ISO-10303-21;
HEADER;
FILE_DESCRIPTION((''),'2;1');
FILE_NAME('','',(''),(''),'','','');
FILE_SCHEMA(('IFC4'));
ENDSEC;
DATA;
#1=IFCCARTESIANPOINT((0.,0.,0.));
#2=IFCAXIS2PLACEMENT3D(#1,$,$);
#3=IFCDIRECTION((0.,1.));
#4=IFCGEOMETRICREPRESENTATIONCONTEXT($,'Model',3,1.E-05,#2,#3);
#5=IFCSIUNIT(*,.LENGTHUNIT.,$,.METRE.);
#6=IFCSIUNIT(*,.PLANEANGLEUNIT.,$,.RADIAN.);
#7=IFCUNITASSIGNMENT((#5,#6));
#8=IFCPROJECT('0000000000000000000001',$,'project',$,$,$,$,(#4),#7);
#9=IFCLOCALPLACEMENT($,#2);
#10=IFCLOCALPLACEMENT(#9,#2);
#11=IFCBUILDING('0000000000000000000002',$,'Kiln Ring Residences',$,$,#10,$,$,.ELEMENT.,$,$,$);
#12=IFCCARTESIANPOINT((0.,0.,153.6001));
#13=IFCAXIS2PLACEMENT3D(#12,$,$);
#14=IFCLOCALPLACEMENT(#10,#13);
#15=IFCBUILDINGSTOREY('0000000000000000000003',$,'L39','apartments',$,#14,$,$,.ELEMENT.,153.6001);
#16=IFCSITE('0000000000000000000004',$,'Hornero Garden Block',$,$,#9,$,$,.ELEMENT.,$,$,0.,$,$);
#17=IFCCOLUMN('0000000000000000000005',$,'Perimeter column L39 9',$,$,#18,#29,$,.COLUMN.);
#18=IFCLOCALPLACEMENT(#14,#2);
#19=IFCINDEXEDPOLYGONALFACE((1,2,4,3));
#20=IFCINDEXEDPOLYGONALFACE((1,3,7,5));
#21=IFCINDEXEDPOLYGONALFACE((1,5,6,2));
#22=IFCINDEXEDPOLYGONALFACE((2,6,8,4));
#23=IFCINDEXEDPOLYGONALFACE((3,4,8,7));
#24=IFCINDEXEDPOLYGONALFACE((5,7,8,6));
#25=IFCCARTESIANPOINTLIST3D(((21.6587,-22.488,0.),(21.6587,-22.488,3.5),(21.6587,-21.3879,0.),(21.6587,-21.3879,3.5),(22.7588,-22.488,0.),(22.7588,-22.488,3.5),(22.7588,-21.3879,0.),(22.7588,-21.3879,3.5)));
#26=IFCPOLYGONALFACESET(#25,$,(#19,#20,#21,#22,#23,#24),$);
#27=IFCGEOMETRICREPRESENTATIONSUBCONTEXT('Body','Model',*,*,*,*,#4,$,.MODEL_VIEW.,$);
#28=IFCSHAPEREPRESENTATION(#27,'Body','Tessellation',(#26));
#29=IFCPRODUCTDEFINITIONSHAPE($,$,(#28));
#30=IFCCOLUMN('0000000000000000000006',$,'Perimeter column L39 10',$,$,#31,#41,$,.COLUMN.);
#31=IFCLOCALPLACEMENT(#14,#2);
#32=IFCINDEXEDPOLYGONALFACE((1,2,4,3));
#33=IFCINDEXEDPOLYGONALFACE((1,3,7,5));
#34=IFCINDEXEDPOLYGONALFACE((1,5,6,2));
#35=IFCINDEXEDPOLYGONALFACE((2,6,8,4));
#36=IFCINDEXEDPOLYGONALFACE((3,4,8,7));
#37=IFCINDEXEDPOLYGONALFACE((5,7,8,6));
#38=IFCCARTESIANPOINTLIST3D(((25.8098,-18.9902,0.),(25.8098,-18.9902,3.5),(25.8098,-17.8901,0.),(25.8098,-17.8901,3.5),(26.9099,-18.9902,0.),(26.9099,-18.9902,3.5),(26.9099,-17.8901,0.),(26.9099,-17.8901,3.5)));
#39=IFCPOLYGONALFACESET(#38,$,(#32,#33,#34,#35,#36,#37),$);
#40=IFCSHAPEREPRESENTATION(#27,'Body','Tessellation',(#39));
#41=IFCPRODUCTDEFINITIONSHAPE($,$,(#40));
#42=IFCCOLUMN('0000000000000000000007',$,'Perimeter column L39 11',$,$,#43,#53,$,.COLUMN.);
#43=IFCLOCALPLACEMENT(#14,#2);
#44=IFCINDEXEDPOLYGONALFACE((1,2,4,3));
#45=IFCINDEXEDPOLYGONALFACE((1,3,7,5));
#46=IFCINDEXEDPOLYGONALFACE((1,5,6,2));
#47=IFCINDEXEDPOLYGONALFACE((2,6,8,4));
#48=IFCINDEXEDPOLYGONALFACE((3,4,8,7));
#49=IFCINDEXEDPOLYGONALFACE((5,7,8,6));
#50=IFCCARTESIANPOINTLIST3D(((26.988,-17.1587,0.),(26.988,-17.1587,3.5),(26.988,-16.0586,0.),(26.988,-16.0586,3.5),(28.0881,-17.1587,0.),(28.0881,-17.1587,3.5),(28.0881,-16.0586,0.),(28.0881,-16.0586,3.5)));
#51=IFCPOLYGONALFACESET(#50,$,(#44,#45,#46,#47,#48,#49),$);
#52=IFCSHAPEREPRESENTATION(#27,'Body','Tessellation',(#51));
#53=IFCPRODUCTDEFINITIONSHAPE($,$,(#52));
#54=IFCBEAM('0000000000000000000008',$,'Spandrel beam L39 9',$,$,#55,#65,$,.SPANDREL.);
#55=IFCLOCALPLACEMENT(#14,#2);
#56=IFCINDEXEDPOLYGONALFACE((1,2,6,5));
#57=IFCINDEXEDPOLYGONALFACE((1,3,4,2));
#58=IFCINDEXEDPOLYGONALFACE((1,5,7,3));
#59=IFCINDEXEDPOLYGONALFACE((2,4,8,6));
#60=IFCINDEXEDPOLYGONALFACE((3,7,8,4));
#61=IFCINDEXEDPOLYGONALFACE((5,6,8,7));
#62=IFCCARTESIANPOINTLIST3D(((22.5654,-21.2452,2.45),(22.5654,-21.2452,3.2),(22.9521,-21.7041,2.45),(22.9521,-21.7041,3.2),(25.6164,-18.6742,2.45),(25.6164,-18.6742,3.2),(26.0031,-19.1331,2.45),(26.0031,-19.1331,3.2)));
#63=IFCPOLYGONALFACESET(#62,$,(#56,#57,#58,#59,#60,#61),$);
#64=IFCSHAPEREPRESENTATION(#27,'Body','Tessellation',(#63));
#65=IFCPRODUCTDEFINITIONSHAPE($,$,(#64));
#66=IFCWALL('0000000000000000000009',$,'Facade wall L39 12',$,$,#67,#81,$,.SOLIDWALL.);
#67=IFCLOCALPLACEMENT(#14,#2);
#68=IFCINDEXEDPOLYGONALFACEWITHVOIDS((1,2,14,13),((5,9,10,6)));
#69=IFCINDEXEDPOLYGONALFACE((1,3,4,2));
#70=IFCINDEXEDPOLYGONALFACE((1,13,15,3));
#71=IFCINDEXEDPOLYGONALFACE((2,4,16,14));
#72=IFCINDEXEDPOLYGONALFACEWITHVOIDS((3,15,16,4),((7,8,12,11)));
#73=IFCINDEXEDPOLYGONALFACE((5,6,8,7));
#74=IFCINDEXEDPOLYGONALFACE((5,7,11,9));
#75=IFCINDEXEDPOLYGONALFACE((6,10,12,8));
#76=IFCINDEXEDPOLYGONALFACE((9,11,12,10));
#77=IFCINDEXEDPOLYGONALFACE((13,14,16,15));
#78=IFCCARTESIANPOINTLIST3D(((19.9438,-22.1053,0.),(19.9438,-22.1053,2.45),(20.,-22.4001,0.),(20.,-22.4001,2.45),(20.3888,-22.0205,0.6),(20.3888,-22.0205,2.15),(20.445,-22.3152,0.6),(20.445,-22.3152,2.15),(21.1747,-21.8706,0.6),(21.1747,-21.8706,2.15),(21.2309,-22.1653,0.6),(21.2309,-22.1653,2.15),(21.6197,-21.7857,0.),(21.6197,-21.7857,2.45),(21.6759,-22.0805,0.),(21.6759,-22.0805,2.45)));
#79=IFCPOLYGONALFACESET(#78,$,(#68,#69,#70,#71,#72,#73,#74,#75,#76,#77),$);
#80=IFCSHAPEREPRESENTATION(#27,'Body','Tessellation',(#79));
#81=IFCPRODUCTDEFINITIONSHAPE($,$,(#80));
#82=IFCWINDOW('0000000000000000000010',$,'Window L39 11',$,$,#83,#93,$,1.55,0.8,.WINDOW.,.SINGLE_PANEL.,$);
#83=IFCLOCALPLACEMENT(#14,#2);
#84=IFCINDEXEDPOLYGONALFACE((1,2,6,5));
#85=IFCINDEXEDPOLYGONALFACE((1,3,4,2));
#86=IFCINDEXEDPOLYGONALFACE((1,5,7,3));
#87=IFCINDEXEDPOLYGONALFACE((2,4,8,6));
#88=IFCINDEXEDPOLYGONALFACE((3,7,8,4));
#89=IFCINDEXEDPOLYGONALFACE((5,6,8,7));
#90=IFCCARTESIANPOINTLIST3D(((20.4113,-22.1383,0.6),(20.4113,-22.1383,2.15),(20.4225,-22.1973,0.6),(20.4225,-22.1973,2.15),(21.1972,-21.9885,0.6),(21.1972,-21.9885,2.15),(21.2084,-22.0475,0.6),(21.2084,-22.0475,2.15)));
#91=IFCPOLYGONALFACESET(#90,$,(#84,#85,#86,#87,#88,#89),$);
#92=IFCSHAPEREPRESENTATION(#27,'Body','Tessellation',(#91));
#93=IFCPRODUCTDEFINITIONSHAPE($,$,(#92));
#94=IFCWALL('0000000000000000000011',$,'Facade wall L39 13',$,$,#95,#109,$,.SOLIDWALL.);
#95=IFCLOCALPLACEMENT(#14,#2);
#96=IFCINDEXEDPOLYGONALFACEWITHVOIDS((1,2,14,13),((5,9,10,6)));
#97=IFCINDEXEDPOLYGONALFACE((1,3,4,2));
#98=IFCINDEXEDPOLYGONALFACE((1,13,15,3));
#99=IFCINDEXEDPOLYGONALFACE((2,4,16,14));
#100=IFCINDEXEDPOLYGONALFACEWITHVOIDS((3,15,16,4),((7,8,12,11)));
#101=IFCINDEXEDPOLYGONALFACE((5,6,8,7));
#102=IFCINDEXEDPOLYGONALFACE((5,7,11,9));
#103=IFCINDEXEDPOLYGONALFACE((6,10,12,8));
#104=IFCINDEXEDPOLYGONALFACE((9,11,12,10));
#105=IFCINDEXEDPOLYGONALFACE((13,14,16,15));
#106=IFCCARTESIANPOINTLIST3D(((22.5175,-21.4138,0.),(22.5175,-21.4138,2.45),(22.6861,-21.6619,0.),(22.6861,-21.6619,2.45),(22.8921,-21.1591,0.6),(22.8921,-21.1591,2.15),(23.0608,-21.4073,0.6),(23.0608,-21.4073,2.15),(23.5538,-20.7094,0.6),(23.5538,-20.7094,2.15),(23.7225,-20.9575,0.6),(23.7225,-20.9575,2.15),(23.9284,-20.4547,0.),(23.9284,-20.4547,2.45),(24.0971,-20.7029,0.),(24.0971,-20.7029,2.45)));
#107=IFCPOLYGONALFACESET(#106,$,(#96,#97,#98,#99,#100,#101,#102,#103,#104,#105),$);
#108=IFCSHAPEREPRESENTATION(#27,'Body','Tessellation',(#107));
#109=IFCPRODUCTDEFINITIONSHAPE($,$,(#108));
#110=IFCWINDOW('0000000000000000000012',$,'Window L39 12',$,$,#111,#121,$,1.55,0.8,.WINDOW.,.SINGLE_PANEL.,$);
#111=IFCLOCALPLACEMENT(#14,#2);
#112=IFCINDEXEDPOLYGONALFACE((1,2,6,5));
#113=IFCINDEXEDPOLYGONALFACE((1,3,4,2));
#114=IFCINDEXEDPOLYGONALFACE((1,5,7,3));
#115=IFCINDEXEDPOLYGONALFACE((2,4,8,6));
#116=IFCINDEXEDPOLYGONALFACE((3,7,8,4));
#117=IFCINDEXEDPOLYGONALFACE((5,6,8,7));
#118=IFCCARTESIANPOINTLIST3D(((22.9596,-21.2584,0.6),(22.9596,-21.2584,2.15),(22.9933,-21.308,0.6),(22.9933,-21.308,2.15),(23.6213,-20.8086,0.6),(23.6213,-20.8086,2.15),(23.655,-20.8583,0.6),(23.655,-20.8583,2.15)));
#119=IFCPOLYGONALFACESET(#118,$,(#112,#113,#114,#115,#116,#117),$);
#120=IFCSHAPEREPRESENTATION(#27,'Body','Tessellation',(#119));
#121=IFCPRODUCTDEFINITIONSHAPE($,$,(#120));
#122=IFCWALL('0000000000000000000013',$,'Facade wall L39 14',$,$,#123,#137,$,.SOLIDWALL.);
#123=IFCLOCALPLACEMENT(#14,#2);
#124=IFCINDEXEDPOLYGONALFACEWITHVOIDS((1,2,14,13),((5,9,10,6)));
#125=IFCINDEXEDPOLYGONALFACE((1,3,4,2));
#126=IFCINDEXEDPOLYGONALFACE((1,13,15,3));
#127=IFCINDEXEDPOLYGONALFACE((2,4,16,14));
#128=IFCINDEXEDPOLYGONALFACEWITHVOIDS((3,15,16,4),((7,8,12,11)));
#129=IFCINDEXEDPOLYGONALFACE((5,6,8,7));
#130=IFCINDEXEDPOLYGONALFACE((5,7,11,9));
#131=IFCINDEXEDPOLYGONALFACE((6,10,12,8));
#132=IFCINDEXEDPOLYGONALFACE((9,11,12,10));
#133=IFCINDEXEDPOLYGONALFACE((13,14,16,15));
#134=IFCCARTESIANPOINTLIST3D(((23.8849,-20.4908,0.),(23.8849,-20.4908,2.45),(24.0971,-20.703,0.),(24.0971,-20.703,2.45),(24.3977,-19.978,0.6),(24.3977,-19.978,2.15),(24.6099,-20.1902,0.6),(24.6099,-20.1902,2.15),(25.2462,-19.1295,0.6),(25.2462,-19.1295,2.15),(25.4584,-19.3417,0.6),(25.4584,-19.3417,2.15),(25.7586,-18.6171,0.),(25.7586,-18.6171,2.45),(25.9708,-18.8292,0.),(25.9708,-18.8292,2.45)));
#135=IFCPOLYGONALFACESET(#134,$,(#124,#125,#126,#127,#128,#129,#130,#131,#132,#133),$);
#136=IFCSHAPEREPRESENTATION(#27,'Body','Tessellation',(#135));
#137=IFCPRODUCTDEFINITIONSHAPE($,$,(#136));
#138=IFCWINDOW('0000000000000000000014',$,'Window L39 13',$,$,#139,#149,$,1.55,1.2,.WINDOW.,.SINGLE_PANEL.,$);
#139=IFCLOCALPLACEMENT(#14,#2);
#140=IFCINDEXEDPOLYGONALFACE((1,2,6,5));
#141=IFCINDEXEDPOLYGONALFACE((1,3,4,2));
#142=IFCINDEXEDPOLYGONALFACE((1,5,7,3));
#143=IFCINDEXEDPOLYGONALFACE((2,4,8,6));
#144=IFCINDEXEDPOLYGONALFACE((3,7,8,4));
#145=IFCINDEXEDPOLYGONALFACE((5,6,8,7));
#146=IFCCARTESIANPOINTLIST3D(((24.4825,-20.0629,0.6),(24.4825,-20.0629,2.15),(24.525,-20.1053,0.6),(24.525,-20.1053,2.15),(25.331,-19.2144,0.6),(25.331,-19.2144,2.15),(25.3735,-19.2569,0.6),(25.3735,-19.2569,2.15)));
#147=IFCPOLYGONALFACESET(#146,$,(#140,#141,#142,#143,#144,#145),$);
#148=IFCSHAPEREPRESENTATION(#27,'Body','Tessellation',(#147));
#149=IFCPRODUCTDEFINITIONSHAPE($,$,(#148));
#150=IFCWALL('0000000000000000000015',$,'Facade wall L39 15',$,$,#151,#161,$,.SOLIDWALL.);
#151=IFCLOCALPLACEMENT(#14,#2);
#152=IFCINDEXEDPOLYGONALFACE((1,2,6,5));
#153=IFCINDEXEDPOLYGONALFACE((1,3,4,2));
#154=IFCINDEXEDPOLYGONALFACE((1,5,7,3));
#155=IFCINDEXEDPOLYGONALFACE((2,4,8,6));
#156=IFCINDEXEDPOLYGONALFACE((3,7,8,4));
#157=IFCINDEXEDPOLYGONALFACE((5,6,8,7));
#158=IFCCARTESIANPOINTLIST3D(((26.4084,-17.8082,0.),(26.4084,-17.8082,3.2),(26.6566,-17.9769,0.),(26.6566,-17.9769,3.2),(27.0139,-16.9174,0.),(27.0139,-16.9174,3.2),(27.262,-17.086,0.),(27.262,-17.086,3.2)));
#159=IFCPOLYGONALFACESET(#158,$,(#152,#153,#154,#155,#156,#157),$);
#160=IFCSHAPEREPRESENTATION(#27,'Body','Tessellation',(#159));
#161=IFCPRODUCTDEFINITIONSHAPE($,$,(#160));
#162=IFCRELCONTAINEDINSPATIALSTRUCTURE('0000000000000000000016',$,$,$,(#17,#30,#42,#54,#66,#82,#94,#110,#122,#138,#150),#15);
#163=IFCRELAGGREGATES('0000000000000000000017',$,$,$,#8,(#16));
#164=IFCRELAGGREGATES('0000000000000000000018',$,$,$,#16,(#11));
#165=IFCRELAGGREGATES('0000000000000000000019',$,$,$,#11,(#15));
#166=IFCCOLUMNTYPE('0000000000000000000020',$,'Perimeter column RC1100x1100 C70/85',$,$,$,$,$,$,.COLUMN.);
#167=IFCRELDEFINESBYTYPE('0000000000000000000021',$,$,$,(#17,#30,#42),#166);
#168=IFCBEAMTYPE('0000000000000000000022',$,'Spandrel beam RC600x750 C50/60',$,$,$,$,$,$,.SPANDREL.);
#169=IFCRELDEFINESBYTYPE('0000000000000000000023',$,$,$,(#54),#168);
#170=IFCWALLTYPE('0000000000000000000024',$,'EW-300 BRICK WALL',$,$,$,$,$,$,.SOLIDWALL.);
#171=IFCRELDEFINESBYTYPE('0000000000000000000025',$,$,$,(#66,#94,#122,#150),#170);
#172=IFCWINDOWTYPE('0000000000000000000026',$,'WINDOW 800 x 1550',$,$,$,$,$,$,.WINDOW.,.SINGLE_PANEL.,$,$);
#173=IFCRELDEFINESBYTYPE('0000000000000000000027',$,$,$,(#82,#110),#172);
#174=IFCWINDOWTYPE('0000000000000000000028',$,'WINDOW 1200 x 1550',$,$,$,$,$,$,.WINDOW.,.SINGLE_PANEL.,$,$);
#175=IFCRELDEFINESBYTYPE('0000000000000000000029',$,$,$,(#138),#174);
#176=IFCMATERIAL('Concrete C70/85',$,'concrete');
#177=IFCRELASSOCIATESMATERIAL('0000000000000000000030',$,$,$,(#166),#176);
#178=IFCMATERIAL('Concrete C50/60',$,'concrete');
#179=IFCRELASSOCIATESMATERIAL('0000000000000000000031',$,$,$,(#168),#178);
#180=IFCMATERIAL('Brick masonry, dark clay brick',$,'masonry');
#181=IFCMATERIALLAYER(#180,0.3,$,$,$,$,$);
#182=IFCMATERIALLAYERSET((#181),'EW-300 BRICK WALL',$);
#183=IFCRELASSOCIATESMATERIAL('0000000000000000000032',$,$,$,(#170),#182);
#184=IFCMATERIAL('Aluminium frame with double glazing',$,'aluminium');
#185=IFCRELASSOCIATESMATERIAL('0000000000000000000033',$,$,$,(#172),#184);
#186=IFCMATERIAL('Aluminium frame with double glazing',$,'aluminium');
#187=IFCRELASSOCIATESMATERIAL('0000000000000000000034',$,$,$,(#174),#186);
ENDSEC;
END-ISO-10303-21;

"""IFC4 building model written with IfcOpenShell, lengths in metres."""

from ifc_helpers import new_model, si_unit, direction, frame, frame_2d, origin, origin_2d, place, context, subcontext, project, spatial, rectangle, extrude, material, layer, layer_set, material_profile, profile_set, type_object, element, fill, save


model = new_model("IFC4")

# Units and contexts
model_context = context("Model", 3, precision=1e-05, world=origin(), true_north=direction((0.0, 1.0)))
body_context = subcontext(model_context, "Body", "Model", "MODEL_VIEW")
ifc_project = project(units=[si_unit("LENGTHUNIT", "METRE"), si_unit("PLANEANGLEUNIT", "RADIAN")], contexts=[model_context])

# Site, building, storey
site_placement = place(None, origin())
site = spatial("IfcSite", under=ifc_project, at=site_placement, Name="Hornero Garden Block", CompositionType="ELEMENT", RefElevation=0.0)
building_placement = place(site_placement, origin())
building = spatial("IfcBuilding", under=site, at=building_placement, Name="Kiln Ring Residences", CompositionType="ELEMENT")
storey_placement = place(building_placement, frame((0.0, 0.0, 153.6001)))
storey = spatial("IfcBuildingStorey", under=building, at=storey_placement, Name="L39", Description="apartments", CompositionType="ELEMENT", Elevation=153.6001)

# Columns
ifc_material_1 = material(Name="Concrete C70/85", Category="concrete")
ifc_material_profile_1 = material_profile(ifc_material_1, rectangle(XDim=1.1001, YDim=1.1001, at=origin_2d()), Name="RC1100x1100")
ifc_profile_set_1 = profile_set([ifc_material_profile_1], Name="Concrete C70/85")
column_type = type_object("IfcColumnType", Name="Perimeter column RC1100x1100 C70/85", PredefinedType="COLUMN", material=ifc_profile_set_1)
for number, where, z_axis, x_axis, name in (
    (1, (22.2087, -21.938, 0.0), (0.0, 0.0, 1.0), (1.0, 0.0, 0.0), "Perimeter column L39 9"),
    (2, (26.3599, -18.4402, 0.0), (0.0, 0.0, 1.0), (1.0, 0.0, 0.0), "Perimeter column L39 10"),
    (3, (27.5381, -16.6086, 0.0), (0.0, 0.0, 1.0), (1.0, 0.0, 0.0), "Perimeter column L39 11"),
):
    element("IfcColumn", number, at=place(storey_placement, frame(where, z_axis=z_axis, x_axis=x_axis)), inside=storey, type_object=column_type, Name=name, PredefinedType="COLUMN", context=body_context, shape_type="SweptSolid", body=[
        extrude(rectangle(XDim=1.1001, YDim=1.1001, at=origin_2d()), origin(), (0.0, 0.0, 1.0), 3.5),
    ])

# Beam
ifc_material_2 = material(Name="Concrete C50/60", Category="concrete")
ifc_material_profile_2 = material_profile(ifc_material_2, rectangle(XDim=0.6001, YDim=0.75, at=origin_2d()), Name="RC600x750")
ifc_profile_set_2 = profile_set([ifc_material_profile_2], Name="Concrete C50/60")
beam_type = type_object("IfcBeamType", Name="Spandrel beam RC600x750 C50/60", PredefinedType="SPANDREL", material=ifc_profile_set_2)
beam_placement = place(storey_placement, frame((22.7588, -21.4746, 2.825), z_axis=(0.764694, 0.644394, 0.0), x_axis=(-0.644394, 0.764694, 0.0)))
element("IfcBeam", 4, at=beam_placement, inside=storey, type_object=beam_type, Name="Spandrel beam L39 9", PredefinedType="SPANDREL", context=body_context, shape_type="SweptSolid", body=[
    extrude(rectangle(XDim=0.6001, YDim=0.75, at=origin_2d()), origin(), (0.0, 0.0, 1.0), 3.9897),
])

# Walls, openings, windows
ifc_material_3 = material(Name="Brick masonry, dark clay brick", Category="masonry")
ifc_layer_1 = layer(ifc_material_3, 0.3)
ifc_layer_set_1 = layer_set([ifc_layer_1], Name="EW-300 BRICK WALL")
wall_type_1 = type_object("IfcWallType", Name="EW-300 BRICK WALL", PredefinedType="SOLIDWALL", material=ifc_layer_set_1)
wall_1_placement = place(storey_placement, frame((19.9719, -22.2527, 0.0), z_axis=(0.0, 0.0, 1.0), x_axis=(0.982297, 0.187329, 0.0)))
wall_1 = element("IfcWall", 5, at=wall_1_placement, inside=storey, type_object=wall_type_1, Name="Facade wall L39 12", PredefinedType="SOLIDWALL", context=body_context, shape_type="SweptSolid", body=[
    extrude(rectangle(XDim=1.7061, YDim=0.3, at=frame_2d((0.853, 0.0))), origin(), (0.0, 0.0, 1.0), 2.45),
])
opening_1_placement = place(wall_1_placement, frame((0.4531, 0.0, 0.6001)))
opening_1 = element("IfcOpeningElement", 6, at=opening_1_placement, cuts=wall_1, PredefinedType="OPENING", context=body_context, shape_type="SweptSolid", body=[
    extrude(rectangle(XDim=0.8, YDim=1.55, at=frame_2d((0.3999, 0.7749))), frame((0.0, 0.1599, 0.0), z_axis=(0.0, -1.0, 0.0), x_axis=(1.0, 0.0, 0.0)), (0.0, 0.0, 1.0), 0.3201),
])
ifc_material_4 = material(Name="Aluminium frame with double glazing", Category="aluminium")
window_type_1 = type_object("IfcWindowType", Name="WINDOW 800 x 1550", PartitioningType="SINGLE_PANEL", PredefinedType="WINDOW", material=ifc_material_4)
window_1_placement = place(opening_1_placement, origin())
window_1 = element("IfcWindow", 7, at=window_1_placement, inside=storey, type_object=window_type_1, Name="Window L39 11", OverallHeight=1.55, OverallWidth=0.8, PartitioningType="SINGLE_PANEL", PredefinedType="WINDOW", context=body_context, shape_type="SweptSolid", body=[
    extrude(rectangle(XDim=0.8, YDim=1.55, at=frame_2d((0.3999, 0.7749))), frame((0.0, 0.03, 0.0), z_axis=(0.0, -1.0, 0.0), x_axis=(1.0, 0.0, 0.0)), (0.0, 0.0, 1.0), 0.0601),
])
fill(opening_1, window_1)
wall_2_placement = place(storey_placement, frame((22.6018, -21.5378, 0.0), z_axis=(0.0, 0.0, 1.0), x_axis=(0.827041, 0.562142, 0.0)))
wall_2 = element("IfcWall", 8, at=wall_2_placement, inside=storey, type_object=wall_type_1, Name="Facade wall L39 13", PredefinedType="SOLIDWALL", context=body_context, shape_type="SweptSolid", body=[
    extrude(rectangle(XDim=1.7061, YDim=0.3, at=frame_2d((0.853, 0.0))), origin(), (0.0, 0.0, 1.0), 2.45),
])
opening_2_placement = place(wall_2_placement, frame((0.4531, 0.0, 0.6001)))
opening_2 = element("IfcOpeningElement", 9, at=opening_2_placement, cuts=wall_2, PredefinedType="OPENING", context=body_context, shape_type="SweptSolid", body=[
    extrude(rectangle(XDim=0.8, YDim=1.55, at=frame_2d((0.3999, 0.7749))), frame((0.0, 0.1599, 0.0), z_axis=(0.0, -1.0, 0.0), x_axis=(1.0, 0.0, 0.0)), (0.0, 0.0, 1.0), 0.3201),
])
window_2_placement = place(opening_2_placement, origin())
window_2 = element("IfcWindow", 10, at=window_2_placement, inside=storey, type_object=window_type_1, Name="Window L39 12", OverallHeight=1.55, OverallWidth=0.8, PartitioningType="SINGLE_PANEL", PredefinedType="WINDOW", context=body_context, shape_type="SweptSolid", body=[
    extrude(rectangle(XDim=0.8, YDim=1.55, at=frame_2d((0.3999, 0.7749))), frame((0.0, 0.03, 0.0), z_axis=(0.0, -1.0, 0.0), x_axis=(1.0, 0.0, 0.0)), (0.0, 0.0, 1.0), 0.0601),
])
fill(opening_2, window_2)
wall_3_placement = place(storey_placement, frame((23.991, -20.5969, 0.0), z_axis=(0.0, 0.0, 1.0), x_axis=(0.707107, 0.707107, 0.0)))
wall_3 = element("IfcWall", 11, at=wall_3_placement, inside=storey, type_object=wall_type_1, Name="Facade wall L39 14", PredefinedType="SOLIDWALL", context=body_context, shape_type="SweptSolid", body=[
    extrude(rectangle(XDim=2.6499, YDim=0.3, at=frame_2d((1.325, 0.0))), origin(), (0.0, 0.0, 1.0), 2.45),
])
opening_3_placement = place(wall_3_placement, frame((0.7251, 0.0, 0.6001)))
opening_3 = element("IfcOpeningElement", 12, at=opening_3_placement, cuts=wall_3, PredefinedType="OPENING", context=body_context, shape_type="SweptSolid", body=[
    extrude(rectangle(XDim=1.2, YDim=1.55, at=frame_2d((0.6001, 0.7749))), frame((0.0, 0.1599, 0.0), z_axis=(0.0, -1.0, 0.0), x_axis=(1.0, 0.0, 0.0)), (0.0, 0.0, 1.0), 0.3201),
])
ifc_material_5 = material(Name="Aluminium frame with double glazing", Category="aluminium")
window_type_2 = type_object("IfcWindowType", Name="WINDOW 1200 x 1550", PartitioningType="SINGLE_PANEL", PredefinedType="WINDOW", material=ifc_material_5)
window_3_placement = place(opening_3_placement, origin())
window_3 = element("IfcWindow", 13, at=window_3_placement, inside=storey, type_object=window_type_2, Name="Window L39 13", OverallHeight=1.55, OverallWidth=1.2, PartitioningType="SINGLE_PANEL", PredefinedType="WINDOW", context=body_context, shape_type="SweptSolid", body=[
    extrude(rectangle(XDim=1.2, YDim=1.55, at=frame_2d((0.6001, 0.7749))), frame((0.0, 0.03, 0.0), z_axis=(0.0, -1.0, 0.0), x_axis=(1.0, 0.0, 0.0)), (0.0, 0.0, 1.0), 0.0601),
])
fill(opening_3, window_3)

# Wall
wall_4_placement = place(storey_placement, frame((26.5325, -17.8926, 0.0), z_axis=(0.0, 0.0, 1.0), x_axis=(0.562105, 0.827066, 0.0)))
element("IfcWall", 14, at=wall_4_placement, inside=storey, type_object=wall_type_1, Name="Facade wall L39 15", PredefinedType="SOLIDWALL", context=body_context, shape_type="SweptSolid", body=[
    extrude(rectangle(XDim=1.0771, YDim=0.3, at=frame_2d((0.5386, 0.0))), origin(), (0.0, 0.0, 1.0), 3.2),
])

save(model, "model.ifc")
